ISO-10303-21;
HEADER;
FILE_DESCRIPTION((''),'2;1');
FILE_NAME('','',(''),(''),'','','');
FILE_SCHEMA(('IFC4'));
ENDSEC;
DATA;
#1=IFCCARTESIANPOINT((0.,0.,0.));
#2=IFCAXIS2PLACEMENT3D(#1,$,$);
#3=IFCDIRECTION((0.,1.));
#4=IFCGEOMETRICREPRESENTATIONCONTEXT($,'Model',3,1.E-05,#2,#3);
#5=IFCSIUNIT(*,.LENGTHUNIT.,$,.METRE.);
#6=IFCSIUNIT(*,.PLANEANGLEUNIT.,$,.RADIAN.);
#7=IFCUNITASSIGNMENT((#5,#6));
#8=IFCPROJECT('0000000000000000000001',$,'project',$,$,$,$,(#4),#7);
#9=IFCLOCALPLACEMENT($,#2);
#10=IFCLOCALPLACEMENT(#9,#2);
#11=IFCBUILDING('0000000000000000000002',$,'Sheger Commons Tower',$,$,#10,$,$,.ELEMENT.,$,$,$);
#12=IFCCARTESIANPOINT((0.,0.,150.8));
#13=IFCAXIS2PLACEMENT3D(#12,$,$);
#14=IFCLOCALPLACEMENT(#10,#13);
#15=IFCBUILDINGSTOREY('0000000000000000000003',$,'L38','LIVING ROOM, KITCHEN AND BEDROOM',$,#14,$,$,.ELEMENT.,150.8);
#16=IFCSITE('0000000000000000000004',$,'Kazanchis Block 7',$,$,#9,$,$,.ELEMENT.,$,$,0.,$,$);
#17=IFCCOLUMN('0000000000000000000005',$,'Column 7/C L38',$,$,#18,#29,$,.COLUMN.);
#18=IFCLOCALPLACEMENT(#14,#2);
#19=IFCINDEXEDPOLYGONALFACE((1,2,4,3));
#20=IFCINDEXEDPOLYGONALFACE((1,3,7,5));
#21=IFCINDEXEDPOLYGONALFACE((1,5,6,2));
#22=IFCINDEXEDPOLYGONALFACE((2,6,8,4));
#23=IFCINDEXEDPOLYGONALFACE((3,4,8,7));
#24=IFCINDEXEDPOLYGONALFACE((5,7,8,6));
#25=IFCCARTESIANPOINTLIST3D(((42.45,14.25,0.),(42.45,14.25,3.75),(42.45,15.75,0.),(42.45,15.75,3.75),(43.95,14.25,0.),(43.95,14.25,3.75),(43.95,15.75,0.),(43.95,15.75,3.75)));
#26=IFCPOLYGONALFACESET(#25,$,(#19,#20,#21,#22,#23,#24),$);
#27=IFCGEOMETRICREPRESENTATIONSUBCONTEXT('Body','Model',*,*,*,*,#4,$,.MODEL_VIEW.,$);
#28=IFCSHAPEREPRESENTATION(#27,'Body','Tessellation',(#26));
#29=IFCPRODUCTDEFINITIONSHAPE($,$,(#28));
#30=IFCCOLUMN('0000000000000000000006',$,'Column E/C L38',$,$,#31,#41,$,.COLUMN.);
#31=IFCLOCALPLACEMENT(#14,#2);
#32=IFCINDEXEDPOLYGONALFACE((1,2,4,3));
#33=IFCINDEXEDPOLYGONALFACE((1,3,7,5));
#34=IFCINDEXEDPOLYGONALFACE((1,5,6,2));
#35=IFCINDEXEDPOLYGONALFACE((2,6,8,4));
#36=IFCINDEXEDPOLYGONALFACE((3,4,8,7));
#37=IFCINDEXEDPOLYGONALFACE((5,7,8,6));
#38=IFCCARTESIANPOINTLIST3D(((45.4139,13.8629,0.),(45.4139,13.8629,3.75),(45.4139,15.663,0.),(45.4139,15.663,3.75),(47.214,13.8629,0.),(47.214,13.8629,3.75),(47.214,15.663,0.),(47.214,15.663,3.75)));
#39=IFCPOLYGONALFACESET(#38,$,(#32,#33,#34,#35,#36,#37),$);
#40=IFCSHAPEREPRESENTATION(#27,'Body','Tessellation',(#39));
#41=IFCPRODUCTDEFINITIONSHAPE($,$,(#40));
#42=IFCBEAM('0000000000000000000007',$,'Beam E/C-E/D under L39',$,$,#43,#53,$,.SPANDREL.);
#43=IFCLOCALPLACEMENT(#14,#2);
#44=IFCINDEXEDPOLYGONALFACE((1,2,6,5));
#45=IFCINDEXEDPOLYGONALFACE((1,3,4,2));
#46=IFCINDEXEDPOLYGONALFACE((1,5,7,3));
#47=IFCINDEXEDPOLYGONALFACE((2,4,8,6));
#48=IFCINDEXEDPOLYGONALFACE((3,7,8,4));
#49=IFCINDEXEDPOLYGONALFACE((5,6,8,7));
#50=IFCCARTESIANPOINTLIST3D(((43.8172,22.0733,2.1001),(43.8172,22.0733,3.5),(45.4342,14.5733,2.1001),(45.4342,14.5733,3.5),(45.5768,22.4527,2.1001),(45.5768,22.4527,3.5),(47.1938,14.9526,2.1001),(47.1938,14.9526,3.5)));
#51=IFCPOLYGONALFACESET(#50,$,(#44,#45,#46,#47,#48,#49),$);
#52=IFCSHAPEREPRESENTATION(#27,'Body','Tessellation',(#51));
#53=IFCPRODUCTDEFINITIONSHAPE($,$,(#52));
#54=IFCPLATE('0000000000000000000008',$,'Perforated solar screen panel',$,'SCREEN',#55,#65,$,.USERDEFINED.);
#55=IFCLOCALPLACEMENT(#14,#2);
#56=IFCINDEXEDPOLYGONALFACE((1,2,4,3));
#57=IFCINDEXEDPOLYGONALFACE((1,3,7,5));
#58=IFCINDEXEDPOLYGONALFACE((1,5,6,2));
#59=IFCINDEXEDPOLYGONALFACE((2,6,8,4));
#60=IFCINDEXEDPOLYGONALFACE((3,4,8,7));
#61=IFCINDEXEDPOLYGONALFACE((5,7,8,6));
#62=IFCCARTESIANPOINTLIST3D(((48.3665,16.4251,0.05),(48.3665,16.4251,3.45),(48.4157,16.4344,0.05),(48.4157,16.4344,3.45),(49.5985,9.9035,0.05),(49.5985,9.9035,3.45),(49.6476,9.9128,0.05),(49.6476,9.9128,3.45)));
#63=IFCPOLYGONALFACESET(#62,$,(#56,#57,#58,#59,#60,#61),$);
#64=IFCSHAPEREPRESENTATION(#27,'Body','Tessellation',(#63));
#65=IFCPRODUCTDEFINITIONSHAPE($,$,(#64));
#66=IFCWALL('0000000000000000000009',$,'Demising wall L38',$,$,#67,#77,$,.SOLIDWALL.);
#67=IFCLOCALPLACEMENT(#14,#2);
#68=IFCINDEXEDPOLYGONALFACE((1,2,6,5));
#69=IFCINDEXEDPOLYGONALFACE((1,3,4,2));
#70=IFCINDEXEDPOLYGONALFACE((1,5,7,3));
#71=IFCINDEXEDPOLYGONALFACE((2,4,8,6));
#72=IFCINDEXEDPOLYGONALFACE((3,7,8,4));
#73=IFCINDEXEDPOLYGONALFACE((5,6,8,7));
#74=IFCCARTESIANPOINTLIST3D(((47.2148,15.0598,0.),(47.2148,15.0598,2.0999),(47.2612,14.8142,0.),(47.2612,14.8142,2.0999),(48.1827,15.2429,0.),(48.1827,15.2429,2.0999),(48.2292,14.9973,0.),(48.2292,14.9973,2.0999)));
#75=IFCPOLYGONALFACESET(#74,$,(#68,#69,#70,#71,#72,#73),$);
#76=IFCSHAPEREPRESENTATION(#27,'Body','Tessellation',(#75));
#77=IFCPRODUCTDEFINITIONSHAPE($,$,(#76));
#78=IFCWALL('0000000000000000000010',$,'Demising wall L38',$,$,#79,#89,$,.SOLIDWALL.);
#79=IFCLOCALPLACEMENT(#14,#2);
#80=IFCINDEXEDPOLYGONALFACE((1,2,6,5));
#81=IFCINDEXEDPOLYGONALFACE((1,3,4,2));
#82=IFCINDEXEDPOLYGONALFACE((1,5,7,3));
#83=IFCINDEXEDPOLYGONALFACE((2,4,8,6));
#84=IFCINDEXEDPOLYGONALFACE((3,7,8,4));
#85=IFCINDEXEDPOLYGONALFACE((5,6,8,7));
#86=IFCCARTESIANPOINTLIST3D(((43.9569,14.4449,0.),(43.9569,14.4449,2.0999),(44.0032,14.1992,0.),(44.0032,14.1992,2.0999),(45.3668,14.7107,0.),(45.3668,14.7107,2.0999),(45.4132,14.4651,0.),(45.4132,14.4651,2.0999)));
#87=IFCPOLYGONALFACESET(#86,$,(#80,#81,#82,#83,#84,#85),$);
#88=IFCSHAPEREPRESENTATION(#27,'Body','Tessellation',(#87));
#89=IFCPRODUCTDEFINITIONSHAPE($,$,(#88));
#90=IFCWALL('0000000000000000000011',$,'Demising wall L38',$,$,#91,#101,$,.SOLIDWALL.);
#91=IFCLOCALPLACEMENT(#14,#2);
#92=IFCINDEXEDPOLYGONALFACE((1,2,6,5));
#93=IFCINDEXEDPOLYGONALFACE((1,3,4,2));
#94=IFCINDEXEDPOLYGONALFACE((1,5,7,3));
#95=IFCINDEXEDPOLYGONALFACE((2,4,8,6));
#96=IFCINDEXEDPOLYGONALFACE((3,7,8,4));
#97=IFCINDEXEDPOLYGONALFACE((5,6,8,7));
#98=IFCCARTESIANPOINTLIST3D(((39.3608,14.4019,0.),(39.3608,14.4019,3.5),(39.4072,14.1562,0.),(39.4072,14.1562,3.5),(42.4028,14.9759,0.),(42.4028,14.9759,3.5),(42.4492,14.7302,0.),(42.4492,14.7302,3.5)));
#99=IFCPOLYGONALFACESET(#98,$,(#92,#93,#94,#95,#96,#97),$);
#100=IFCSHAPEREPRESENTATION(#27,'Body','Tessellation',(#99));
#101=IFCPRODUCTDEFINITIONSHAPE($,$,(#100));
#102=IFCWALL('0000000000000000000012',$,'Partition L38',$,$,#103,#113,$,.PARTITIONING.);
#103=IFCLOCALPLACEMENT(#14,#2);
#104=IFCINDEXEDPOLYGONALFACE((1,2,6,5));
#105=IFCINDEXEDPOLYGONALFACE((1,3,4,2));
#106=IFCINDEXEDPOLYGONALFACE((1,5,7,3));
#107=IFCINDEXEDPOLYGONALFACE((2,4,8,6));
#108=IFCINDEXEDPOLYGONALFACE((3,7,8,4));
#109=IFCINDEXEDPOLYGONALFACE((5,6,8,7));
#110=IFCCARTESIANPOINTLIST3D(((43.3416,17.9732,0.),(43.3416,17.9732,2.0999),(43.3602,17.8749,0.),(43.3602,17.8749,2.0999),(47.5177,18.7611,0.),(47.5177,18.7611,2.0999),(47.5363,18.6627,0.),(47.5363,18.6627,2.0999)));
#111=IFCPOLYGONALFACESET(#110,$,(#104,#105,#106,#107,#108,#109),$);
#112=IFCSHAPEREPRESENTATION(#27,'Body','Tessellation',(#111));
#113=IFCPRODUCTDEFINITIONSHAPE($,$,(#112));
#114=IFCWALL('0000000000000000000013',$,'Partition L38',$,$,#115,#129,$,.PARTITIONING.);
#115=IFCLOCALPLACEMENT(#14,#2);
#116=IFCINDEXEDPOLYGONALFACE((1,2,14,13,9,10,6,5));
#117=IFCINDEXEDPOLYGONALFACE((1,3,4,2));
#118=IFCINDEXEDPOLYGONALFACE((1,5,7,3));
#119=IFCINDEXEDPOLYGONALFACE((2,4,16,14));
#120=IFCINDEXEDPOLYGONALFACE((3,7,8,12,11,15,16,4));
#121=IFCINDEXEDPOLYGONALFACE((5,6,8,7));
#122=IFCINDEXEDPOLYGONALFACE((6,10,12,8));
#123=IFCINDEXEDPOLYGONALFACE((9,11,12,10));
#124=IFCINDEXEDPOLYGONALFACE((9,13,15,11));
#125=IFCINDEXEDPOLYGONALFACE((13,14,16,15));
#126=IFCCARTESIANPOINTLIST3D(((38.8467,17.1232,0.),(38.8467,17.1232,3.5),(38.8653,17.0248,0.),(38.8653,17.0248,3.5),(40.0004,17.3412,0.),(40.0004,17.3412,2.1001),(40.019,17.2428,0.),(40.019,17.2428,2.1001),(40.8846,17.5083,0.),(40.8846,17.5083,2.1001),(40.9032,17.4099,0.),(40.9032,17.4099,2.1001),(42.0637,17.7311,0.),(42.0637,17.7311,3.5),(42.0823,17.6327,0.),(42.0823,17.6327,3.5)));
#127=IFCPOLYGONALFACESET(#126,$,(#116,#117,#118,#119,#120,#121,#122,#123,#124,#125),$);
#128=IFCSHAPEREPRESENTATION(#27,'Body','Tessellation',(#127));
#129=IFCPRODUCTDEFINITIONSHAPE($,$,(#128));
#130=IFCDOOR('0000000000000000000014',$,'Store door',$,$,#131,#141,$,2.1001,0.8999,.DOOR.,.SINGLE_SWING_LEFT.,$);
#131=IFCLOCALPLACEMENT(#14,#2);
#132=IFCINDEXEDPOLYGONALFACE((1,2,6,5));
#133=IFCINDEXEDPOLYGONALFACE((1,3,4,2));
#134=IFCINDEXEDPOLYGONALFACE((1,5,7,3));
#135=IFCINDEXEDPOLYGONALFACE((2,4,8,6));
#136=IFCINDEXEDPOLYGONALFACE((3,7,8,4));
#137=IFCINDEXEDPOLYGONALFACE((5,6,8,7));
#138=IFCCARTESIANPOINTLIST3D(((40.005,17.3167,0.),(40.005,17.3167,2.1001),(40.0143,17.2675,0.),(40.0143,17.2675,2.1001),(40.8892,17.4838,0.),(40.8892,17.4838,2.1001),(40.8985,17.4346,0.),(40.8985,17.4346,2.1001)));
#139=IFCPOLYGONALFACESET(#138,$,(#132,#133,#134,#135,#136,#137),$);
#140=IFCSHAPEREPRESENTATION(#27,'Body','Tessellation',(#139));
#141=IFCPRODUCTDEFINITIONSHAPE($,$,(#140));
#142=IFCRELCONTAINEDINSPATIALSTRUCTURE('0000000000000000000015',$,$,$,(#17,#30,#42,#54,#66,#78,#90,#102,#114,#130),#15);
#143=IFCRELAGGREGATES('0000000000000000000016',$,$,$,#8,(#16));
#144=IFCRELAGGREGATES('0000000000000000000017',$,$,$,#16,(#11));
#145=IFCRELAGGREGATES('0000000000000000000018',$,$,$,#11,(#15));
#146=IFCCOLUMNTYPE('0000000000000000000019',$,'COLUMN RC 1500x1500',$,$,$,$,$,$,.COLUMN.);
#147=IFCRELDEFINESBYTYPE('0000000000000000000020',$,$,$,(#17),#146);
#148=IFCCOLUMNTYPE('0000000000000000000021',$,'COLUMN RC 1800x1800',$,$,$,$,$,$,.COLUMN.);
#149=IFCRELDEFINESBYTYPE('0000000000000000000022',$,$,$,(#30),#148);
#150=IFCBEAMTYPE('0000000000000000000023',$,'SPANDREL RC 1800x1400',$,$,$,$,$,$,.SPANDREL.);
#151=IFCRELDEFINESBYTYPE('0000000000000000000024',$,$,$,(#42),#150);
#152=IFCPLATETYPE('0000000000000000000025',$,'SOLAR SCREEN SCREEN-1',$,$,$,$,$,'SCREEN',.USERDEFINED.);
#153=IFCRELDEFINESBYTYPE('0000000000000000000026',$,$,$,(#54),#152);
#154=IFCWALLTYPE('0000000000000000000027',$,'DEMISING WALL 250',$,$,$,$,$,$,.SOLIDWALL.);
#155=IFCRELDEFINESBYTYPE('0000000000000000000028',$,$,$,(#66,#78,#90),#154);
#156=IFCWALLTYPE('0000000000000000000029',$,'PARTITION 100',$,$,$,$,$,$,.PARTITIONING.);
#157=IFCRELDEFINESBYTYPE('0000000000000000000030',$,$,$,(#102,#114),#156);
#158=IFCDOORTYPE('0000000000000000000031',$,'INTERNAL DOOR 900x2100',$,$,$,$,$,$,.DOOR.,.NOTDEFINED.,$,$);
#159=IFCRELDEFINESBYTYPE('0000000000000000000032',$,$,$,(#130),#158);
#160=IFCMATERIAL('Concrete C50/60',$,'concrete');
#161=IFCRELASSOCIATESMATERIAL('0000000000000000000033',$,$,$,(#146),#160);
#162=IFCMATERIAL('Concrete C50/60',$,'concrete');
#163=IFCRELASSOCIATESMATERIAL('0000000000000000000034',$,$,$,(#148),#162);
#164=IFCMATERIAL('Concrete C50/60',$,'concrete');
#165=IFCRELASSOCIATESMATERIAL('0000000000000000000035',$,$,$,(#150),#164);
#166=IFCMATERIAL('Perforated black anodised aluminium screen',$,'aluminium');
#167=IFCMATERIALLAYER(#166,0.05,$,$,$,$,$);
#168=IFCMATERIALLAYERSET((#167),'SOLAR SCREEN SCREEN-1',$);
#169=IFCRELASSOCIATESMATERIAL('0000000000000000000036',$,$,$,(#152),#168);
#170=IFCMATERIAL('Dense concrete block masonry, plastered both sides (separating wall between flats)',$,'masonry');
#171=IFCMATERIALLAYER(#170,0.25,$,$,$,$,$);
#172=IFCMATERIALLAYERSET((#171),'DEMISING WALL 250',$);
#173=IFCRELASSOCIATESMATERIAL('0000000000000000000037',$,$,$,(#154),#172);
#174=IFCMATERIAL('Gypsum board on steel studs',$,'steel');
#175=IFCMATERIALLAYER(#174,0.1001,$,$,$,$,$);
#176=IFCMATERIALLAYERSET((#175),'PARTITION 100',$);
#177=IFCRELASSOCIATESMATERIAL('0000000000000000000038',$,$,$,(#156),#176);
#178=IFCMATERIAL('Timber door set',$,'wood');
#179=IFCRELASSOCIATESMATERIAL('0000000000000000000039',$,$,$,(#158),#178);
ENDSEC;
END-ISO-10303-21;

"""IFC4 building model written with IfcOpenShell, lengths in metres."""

from ifc_helpers import new_model, si_unit, direction, frame, frame_2d, origin, origin_2d, place, context, subcontext, project, spatial, rectangle, extrude, material, layer, layer_set, material_profile, profile_set, type_object, element, fill, save


model = new_model("IFC4")

# Units and contexts
model_context = context("Model", 3, precision=1e-05, world=origin(), true_north=direction((0.0, 1.0)))
body_context = subcontext(model_context, "Body", "Model", "MODEL_VIEW")
ifc_project = project(units=[si_unit("LENGTHUNIT", "METRE"), si_unit("PLANEANGLEUNIT", "RADIAN")], contexts=[model_context])

# Site, building, storey
site_placement = place(None, origin())
site = spatial("IfcSite", under=ifc_project, at=site_placement, Name="Kazanchis Block 7", CompositionType="ELEMENT", RefElevation=0.0)
building_placement = place(site_placement, origin())
building = spatial("IfcBuilding", under=site, at=building_placement, Name="Sheger Commons Tower", CompositionType="ELEMENT")
storey_placement = place(building_placement, frame((0.0, 0.0, 150.8)))
storey = spatial("IfcBuildingStorey", under=building, at=storey_placement, Name="L38", Description="LIVING ROOM, KITCHEN AND BEDROOM", CompositionType="ELEMENT", Elevation=150.8)

# Columns
ifc_material_1 = material(Name="Concrete C50/60", Category="concrete")
ifc_material_profile_1 = material_profile(ifc_material_1, rectangle(XDim=1.5, YDim=1.5, at=origin_2d()), Name="RC 1500x1500")
ifc_profile_set_1 = profile_set([ifc_material_profile_1], Name="Concrete C50/60")
column_type_1 = type_object("IfcColumnType", Name="COLUMN RC 1500x1500", PredefinedType="COLUMN", material=ifc_profile_set_1)
column_1_placement = place(storey_placement, frame((43.2, 15.0, 0.0), z_axis=(0.0, 0.0, 1.0), x_axis=(1.0, 0.0, 0.0)))
element("IfcColumn", 1, at=column_1_placement, inside=storey, type_object=column_type_1, Name="Column 7/C L38", PredefinedType="COLUMN", context=body_context, shape_type="SweptSolid", body=[
    extrude(rectangle(XDim=1.5, YDim=1.5, at=origin_2d()), origin(), (0.0, 0.0, 1.0), 3.75),
])
ifc_material_2 = material(Name="Concrete C50/60", Category="concrete")
ifc_material_profile_2 = material_profile(ifc_material_2, rectangle(XDim=1.8, YDim=1.8, at=origin_2d()), Name="RC 1800x1800")
ifc_profile_set_2 = profile_set([ifc_material_profile_2], Name="Concrete C50/60")
column_type_2 = type_object("IfcColumnType", Name="COLUMN RC 1800x1800", PredefinedType="COLUMN", material=ifc_profile_set_2)
column_2_placement = place(storey_placement, frame((46.314, 14.7629, 0.0), z_axis=(0.0, 0.0, 1.0), x_axis=(1.0, 0.0, 0.0)))
element("IfcColumn", 2, at=column_2_placement, inside=storey, type_object=column_type_2, Name="Column E/C L38", PredefinedType="COLUMN", context=body_context, shape_type="SweptSolid", body=[
    extrude(rectangle(XDim=1.8, YDim=1.8, at=origin_2d()), origin(), (0.0, 0.0, 1.0), 3.75),
])

# Beam
ifc_material_3 = material(Name="Concrete C50/60", Category="concrete")
ifc_material_profile_3 = material_profile(ifc_material_3, rectangle(XDim=1.8, YDim=1.3999, at=origin_2d()), Name="RC 1800x1400")
ifc_profile_set_3 = profile_set([ifc_material_profile_3], Name="Concrete C50/60")
beam_type = type_object("IfcBeamType", Name="SPANDREL RC 1800x1400", PredefinedType="SPANDREL", material=ifc_profile_set_3)
beam_placement = place(storey_placement, frame((46.314, 14.7629, 2.8), z_axis=(-0.21075, 0.97754, 0.0), x_axis=(-0.97754, -0.21075, 0.0)))
element("IfcBeam", 3, at=beam_placement, inside=storey, type_object=beam_type, Name="Beam E/C-E/D under L39", PredefinedType="SPANDREL", context=body_context, shape_type="SweptSolid", body=[
    extrude(rectangle(XDim=1.8, YDim=1.3999, at=origin_2d()), origin(), (0.0, 0.0, 1.0), 7.6724),
])

# Plate
ifc_material_4 = material(Name="Perforated black anodised aluminium screen", Category="aluminium")
ifc_layer_1 = layer(ifc_material_4, 0.05)
ifc_layer_set_1 = layer_set([ifc_layer_1], Name="SOLAR SCREEN SCREEN-1")
plate_type = type_object("IfcPlateType", Name="SOLAR SCREEN SCREEN-1", ElementType="SCREEN", PredefinedType="USERDEFINED", material=ifc_layer_set_1)
plate_placement = place(storey_placement, frame((49.0071, 13.1689, 0.05), z_axis=(0.0, 0.0, 1.0), x_axis=(-0.185615, 0.982623, 0.0)))
element("IfcPlate", 4, at=plate_placement, inside=storey, type_object=plate_type, Name="Perforated solar screen panel", ObjectType="SCREEN", PredefinedType="USERDEFINED", context=body_context, shape_type="SweptSolid", body=[
    extrude(rectangle(XDim=6.637, YDim=0.05, at=origin_2d()), origin(), (0.0, 0.0, 1.0), 3.3999),
])

# Walls
ifc_material_5 = material(Name="Dense concrete block masonry, plastered both sides (separating wall between flats)", Category="masonry")
ifc_layer_2 = layer(ifc_material_5, 0.25)
ifc_layer_set_2 = layer_set([ifc_layer_2], Name="DEMISING WALL 250")
wall_type_1 = type_object("IfcWallType", Name="DEMISING WALL 250", PredefinedType="SOLIDWALL", material=ifc_layer_set_2)
wall_1_placement = place(storey_placement, frame((48.2061, 15.1201, 0.0), z_axis=(0.0, 0.0, 1.0), x_axis=(-0.982576, -0.185859, 0.0)))
element("IfcWall", 5, at=wall_1_placement, inside=storey, type_object=wall_type_1, Name="Demising wall L38", PredefinedType="SOLIDWALL", context=body_context, shape_type="SweptSolid", body=[
    extrude(rectangle(XDim=0.9851, YDim=0.25, at=frame_2d((0.4927, 0.0))), origin(), (0.0, 0.0, 1.0), 2.0999),
])
wall_2_placement = place(storey_placement, frame((45.3899, 14.5879, 0.0), z_axis=(0.0, 0.0, 1.0), x_axis=(-0.982681, -0.185306, 0.0)))
element("IfcWall", 6, at=wall_2_placement, inside=storey, type_object=wall_type_1, Name="Demising wall L38", PredefinedType="SOLIDWALL", context=body_context, shape_type="SweptSolid", body=[
    extrude(rectangle(XDim=1.4348, YDim=0.25, at=frame_2d((0.7173, 0.0))), origin(), (0.0, 0.0, 1.0), 2.0999),
])
wall_3_placement = place(storey_placement, frame((42.426, 14.853, 0.0), z_axis=(0.0, 0.0, 1.0), x_axis=(-0.982661, -0.185412, 0.0)))
element("IfcWall", 7, at=wall_3_placement, inside=storey, type_object=wall_type_1, Name="Demising wall L38", PredefinedType="SOLIDWALL", context=body_context, shape_type="SweptSolid", body=[
    extrude(rectangle(XDim=3.0957, YDim=0.25, at=frame_2d((1.5479, 0.0))), origin(), (0.0, 0.0, 1.0), 3.5),
])
ifc_material_6 = material(Name="Gypsum board on steel studs", Category="steel")
ifc_layer_3 = layer(ifc_material_6, 0.1001)
ifc_layer_set_3 = layer_set([ifc_layer_3], Name="PARTITION 100")
wall_type_2 = type_object("IfcWallType", Name="PARTITION 100", PredefinedType="PARTITIONING", material=ifc_layer_set_3)
wall_4_placement = place(storey_placement, frame((47.5271, 18.7119, 0.0), z_axis=(0.0, 0.0, 1.0), x_axis=(-0.982665, -0.185388, 0.0)))
element("IfcWall", 8, at=wall_4_placement, inside=storey, type_object=wall_type_2, Name="Partition L38", PredefinedType="PARTITIONING", context=body_context, shape_type="SweptSolid", body=[
    extrude(rectangle(XDim=4.2498, YDim=0.1001, at=frame_2d((2.125, 0.0))), origin(), (0.0, 0.0, 1.0), 2.0999),
])

# Wall, opening, door
wall_5_placement = place(storey_placement, frame((42.073, 17.6819, 0.0), z_axis=(0.0, 0.0, 1.0), x_axis=(-0.98261, -0.18568, 0.0)))
wall_5 = element("IfcWall", 9, at=wall_5_placement, inside=storey, type_object=wall_type_2, Name="Partition L38", PredefinedType="PARTITIONING", context=body_context, shape_type="SweptSolid", body=[
    extrude(rectangle(XDim=3.2739, YDim=0.1001, at=frame_2d((1.637, 0.0))), origin(), (0.0, 0.0, 1.0), 3.5),
])
opening_1_placement = place(wall_5_placement, frame((1.2, 0.0, 0.0)))
opening_1 = element("IfcOpeningElement", 10, at=opening_1_placement, cuts=wall_5, PredefinedType="OPENING", context=body_context, shape_type="SweptSolid", body=[
    extrude(rectangle(XDim=0.8999, YDim=2.1001, at=frame_2d((0.45, 1.05))), frame((0.0, 0.0601, 0.0), z_axis=(0.0, -1.0, 0.0), x_axis=(1.0, 0.0, 0.0)), (0.0, 0.0, 1.0), 0.1201),
])
ifc_material_7 = material(Name="Timber door set", Category="wood")
door_type = type_object("IfcDoorType", Name="INTERNAL DOOR 900x2100", OperationType="NOTDEFINED", PredefinedType="DOOR", material=ifc_material_7)
door_1_placement = place(opening_1_placement, origin())
door_1 = element("IfcDoor", 11, at=door_1_placement, inside=storey, type_object=door_type, Name="Store door", OperationType="SINGLE_SWING_LEFT", OverallHeight=2.1001, OverallWidth=0.8999, PredefinedType="DOOR", context=body_context, shape_type="SweptSolid", body=[
    extrude(rectangle(XDim=0.8999, YDim=2.1001, at=frame_2d((0.45, 1.05))), frame((0.0, 0.0249, 0.0), z_axis=(0.0, -1.0, 0.0), x_axis=(1.0, 0.0, 0.0)), (0.0, 0.0, 1.0), 0.05),
])
fill(opening_1, door_1)

save(model, "model.ifc")
